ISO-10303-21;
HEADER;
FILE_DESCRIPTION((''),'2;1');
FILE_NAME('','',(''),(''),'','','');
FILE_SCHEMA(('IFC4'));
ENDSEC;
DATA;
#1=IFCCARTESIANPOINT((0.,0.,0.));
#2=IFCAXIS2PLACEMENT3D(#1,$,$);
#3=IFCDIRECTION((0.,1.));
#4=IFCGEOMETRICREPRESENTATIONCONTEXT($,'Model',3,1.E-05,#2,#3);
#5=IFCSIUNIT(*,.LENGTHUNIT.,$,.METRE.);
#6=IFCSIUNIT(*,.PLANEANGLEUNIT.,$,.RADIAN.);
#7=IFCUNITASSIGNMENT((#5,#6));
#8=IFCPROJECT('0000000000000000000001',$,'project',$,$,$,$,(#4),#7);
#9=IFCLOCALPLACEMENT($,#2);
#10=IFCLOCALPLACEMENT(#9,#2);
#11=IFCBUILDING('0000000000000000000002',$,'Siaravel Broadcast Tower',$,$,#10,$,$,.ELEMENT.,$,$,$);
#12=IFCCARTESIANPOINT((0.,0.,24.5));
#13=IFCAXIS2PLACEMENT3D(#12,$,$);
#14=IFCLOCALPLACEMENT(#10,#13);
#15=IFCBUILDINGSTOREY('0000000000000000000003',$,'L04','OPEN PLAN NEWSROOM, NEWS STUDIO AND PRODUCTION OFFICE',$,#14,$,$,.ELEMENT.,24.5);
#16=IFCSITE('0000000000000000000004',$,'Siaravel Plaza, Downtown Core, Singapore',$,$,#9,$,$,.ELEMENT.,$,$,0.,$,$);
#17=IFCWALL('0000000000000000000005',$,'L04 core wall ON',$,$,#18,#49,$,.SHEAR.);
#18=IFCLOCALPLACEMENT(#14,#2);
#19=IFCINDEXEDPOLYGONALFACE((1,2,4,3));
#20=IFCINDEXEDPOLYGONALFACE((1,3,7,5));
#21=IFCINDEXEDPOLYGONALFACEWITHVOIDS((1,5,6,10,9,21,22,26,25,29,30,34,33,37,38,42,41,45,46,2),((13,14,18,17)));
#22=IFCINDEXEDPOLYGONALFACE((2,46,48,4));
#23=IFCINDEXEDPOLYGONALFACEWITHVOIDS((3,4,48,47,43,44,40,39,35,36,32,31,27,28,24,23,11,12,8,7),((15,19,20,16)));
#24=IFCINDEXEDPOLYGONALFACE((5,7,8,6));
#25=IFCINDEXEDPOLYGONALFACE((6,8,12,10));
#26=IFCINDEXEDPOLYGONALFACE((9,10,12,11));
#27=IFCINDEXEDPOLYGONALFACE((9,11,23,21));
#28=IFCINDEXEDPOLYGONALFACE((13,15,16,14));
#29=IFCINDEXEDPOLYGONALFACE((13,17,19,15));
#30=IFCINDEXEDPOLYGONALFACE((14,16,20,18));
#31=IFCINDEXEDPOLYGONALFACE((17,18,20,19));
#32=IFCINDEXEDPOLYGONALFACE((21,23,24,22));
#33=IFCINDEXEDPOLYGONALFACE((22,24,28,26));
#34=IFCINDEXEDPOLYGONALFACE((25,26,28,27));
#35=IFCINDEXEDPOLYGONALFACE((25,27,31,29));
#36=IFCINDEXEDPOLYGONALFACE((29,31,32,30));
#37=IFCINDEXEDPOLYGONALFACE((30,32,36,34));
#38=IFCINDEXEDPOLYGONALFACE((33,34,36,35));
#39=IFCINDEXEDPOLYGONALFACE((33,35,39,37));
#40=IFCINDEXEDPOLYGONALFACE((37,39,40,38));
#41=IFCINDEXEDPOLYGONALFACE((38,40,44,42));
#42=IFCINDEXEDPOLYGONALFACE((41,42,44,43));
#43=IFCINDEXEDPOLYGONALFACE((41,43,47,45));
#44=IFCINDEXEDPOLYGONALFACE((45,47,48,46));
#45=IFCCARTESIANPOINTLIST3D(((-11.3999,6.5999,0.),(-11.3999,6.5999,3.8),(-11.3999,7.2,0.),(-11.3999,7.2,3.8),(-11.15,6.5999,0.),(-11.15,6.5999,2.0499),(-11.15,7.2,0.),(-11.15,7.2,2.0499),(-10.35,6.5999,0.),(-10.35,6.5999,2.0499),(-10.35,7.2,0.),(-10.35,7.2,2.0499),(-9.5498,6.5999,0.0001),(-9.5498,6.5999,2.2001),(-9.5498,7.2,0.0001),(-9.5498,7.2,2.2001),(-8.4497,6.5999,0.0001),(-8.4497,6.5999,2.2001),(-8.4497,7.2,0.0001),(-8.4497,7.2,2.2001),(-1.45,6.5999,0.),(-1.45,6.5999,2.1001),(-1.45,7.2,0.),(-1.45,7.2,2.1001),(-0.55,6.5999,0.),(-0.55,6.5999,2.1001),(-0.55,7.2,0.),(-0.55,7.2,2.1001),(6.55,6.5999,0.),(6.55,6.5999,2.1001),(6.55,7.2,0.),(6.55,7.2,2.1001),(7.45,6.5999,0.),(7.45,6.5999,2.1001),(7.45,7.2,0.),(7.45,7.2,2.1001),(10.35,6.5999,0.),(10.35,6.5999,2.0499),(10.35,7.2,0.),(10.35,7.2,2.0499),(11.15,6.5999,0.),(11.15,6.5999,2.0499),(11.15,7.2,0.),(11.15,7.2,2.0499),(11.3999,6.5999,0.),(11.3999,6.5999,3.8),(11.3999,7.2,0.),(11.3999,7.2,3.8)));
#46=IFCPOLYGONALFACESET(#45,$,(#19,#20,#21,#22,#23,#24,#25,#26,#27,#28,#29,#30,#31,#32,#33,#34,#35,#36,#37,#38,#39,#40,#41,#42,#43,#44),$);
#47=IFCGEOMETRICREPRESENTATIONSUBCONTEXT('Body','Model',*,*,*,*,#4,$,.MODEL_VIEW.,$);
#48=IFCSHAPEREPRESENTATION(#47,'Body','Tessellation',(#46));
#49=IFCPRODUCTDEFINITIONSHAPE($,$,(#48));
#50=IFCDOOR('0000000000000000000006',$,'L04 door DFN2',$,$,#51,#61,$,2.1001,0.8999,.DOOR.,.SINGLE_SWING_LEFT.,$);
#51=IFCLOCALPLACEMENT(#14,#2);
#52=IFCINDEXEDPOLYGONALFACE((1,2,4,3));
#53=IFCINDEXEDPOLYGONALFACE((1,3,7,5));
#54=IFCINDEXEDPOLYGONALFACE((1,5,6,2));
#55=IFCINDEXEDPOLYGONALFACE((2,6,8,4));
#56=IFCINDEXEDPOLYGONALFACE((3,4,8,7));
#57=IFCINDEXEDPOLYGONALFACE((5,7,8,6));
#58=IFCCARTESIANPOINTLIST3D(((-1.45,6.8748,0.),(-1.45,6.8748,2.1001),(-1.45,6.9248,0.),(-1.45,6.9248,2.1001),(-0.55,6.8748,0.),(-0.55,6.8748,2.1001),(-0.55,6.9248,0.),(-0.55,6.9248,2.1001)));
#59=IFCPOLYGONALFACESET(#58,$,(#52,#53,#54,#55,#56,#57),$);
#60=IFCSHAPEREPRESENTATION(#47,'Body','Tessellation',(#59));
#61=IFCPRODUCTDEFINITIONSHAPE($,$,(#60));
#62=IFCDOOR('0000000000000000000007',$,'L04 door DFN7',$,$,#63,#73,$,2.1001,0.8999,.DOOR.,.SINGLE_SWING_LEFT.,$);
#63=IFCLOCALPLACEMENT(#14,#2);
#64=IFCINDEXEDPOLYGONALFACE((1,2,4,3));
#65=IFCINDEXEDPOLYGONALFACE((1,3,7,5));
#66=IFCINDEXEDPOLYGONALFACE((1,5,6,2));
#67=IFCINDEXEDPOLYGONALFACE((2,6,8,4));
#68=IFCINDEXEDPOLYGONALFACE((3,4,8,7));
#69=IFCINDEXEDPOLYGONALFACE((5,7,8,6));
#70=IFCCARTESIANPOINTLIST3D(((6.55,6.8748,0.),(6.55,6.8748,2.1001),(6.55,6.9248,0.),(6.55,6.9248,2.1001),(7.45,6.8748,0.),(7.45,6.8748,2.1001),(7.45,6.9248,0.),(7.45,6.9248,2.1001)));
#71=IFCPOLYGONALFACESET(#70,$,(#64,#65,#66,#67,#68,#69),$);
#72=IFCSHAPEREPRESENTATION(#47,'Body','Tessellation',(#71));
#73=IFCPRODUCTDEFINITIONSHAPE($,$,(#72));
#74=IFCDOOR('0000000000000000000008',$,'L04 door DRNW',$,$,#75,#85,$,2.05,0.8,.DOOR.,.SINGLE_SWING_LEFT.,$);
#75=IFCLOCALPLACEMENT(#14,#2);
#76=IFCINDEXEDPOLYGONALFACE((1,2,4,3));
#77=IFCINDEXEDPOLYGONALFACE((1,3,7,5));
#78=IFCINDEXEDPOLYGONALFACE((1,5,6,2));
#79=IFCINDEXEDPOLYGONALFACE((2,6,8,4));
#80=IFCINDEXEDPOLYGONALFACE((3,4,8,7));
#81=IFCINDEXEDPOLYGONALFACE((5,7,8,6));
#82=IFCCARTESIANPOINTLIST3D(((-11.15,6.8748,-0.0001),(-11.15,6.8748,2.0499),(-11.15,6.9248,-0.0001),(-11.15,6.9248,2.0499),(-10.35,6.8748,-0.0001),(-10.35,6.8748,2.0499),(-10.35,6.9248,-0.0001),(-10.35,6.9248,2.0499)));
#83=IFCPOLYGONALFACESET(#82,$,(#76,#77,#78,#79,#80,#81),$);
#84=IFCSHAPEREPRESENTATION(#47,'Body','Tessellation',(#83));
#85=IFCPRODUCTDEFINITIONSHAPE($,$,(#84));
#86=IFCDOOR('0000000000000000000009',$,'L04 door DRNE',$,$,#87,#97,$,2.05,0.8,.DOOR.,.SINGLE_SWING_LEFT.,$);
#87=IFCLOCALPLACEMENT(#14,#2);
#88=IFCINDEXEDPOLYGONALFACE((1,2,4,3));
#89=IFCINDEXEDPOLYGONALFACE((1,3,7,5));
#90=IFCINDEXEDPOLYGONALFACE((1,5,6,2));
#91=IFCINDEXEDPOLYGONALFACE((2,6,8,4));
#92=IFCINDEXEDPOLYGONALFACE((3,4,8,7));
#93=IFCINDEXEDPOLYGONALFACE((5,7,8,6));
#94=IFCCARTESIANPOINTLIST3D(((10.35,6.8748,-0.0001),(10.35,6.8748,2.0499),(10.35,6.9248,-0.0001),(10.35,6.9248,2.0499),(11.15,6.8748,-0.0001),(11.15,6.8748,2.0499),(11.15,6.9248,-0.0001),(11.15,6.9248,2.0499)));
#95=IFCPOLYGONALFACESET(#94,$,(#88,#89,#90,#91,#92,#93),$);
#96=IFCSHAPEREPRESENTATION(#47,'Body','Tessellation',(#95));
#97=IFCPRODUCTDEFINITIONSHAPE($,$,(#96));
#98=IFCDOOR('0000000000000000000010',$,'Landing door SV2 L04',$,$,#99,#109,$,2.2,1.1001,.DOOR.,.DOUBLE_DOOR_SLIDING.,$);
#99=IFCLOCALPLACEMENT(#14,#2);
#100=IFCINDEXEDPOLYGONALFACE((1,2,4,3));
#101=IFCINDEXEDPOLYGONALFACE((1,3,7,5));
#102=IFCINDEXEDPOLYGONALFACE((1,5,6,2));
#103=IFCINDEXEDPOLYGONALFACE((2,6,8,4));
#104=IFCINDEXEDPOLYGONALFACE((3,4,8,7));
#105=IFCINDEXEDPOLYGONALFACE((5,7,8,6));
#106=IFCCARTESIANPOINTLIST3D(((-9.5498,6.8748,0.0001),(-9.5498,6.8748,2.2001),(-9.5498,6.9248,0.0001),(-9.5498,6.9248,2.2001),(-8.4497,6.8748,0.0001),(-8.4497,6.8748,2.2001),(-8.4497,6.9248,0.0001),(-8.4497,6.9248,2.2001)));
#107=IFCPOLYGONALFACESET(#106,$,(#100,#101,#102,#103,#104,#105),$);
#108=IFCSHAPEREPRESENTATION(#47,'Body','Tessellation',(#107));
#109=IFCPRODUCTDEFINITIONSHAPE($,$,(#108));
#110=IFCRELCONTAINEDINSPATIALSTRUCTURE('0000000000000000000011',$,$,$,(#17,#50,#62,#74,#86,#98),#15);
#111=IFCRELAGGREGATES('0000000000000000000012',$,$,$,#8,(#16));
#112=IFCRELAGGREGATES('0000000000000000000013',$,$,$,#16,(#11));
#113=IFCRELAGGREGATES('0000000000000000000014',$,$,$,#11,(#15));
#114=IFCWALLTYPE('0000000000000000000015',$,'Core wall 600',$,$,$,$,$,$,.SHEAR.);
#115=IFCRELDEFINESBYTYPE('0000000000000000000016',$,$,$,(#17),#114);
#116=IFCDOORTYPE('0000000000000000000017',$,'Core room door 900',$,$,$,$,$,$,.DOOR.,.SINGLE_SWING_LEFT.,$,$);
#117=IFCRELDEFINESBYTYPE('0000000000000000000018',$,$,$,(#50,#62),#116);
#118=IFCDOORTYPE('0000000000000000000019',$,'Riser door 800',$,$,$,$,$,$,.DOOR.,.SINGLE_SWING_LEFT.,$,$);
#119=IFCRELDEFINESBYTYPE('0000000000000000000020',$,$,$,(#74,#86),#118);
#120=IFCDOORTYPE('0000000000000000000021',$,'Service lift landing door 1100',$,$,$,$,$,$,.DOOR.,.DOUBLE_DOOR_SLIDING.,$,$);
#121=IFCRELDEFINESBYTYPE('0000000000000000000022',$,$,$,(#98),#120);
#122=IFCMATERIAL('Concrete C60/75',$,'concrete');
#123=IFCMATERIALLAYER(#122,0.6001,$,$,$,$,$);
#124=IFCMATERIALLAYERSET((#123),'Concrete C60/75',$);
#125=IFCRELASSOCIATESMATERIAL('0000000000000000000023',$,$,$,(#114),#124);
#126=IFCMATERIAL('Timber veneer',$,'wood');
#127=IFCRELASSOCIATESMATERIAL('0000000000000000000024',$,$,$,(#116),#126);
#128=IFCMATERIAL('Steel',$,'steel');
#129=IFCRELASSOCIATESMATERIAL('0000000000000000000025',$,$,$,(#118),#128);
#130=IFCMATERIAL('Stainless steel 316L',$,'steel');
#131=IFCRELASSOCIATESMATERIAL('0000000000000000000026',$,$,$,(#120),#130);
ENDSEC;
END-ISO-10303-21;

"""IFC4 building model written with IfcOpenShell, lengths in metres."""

from ifc_helpers import new_model, si_unit, direction, frame, frame_2d, origin, place, context, subcontext, project, spatial, rectangle, extrude, material, layer, layer_set, type_object, element, fill, save


model = new_model("IFC4")

# Units and contexts
model_context = context("Model", 3, precision=1e-05, world=origin(), true_north=direction((0.0, 1.0)))
body_context = subcontext(model_context, "Body", "Model", "MODEL_VIEW")
ifc_project = project(units=[si_unit("LENGTHUNIT", "METRE"), si_unit("PLANEANGLEUNIT", "RADIAN")], contexts=[model_context])

# Site, building, storey
site_placement = place(None, origin())
site = spatial("IfcSite", under=ifc_project, at=site_placement, Name="Siaravel Plaza, Downtown Core, Singapore", CompositionType="ELEMENT", RefElevation=0.0)
building_placement = place(site_placement, origin())
building = spatial("IfcBuilding", under=site, at=building_placement, Name="Siaravel Broadcast Tower", CompositionType="ELEMENT")
storey_placement = place(building_placement, frame((0.0, 0.0, 24.5)))
storey = spatial("IfcBuildingStorey", under=building, at=storey_placement, Name="L04", Description="OPEN PLAN NEWSROOM, NEWS STUDIO AND PRODUCTION OFFICE", CompositionType="ELEMENT", Elevation=24.5)

# Wall, openings, doors
ifc_material_1 = material(Name="Concrete C60/75", Category="concrete")
ifc_layer_1 = layer(ifc_material_1, 0.6001)
ifc_layer_set_1 = layer_set([ifc_layer_1], Name="Concrete C60/75")
wall_type_1 = type_object("IfcWallType", Name="Core wall 600", PredefinedType="SHEAR", material=ifc_layer_set_1)
wall_1_placement = place(storey_placement, frame((-11.3999, 6.8999, 0.0), z_axis=(0.0, 0.0, 1.0), x_axis=(1.0, 0.0, 0.0)))
wall_1 = element("IfcWall", 1, at=wall_1_placement, inside=storey, type_object=wall_type_1, Name="L04 core wall ON", PredefinedType="SHEAR", context=body_context, shape_type="SweptSolid", body=[
    extrude(rectangle(XDim=22.7998, YDim=0.6001, at=frame_2d((11.3999, 0.0))), origin(), (0.0, 0.0, 1.0), 3.8),
])
opening_1_placement = place(wall_1_placement, frame((1.8501, 0.0, 0.0)))
opening_1 = element("IfcOpeningElement", 2, at=opening_1_placement, cuts=wall_1, PredefinedType="OPENING", context=body_context, shape_type="SweptSolid", body=[
    extrude(rectangle(XDim=1.1001, YDim=2.2, at=frame_2d((0.55, 1.1001))), frame((0.0, 0.3101, 0.0), z_axis=(0.0, -1.0, 0.0), x_axis=(1.0, 0.0, 0.0)), (0.0, 0.0, 1.0), 0.6201),
])
opening_2_placement = place(wall_1_placement, frame((9.95, 0.0, 0.0)))
opening_2 = element("IfcOpeningElement", 3, at=opening_2_placement, cuts=wall_1, PredefinedType="OPENING", context=body_context, shape_type="SweptSolid", body=[
    extrude(rectangle(XDim=0.8999, YDim=2.1001, at=frame_2d((0.45, 1.05))), frame((0.0, 0.3101, 0.0), z_axis=(0.0, -1.0, 0.0), x_axis=(1.0, 0.0, 0.0)), (0.0, 0.0, 1.0), 0.6201),
])
opening_3_placement = place(wall_1_placement, frame((17.95, 0.0, 0.0)))
opening_3 = element("IfcOpeningElement", 4, at=opening_3_placement, cuts=wall_1, PredefinedType="OPENING", context=body_context, shape_type="SweptSolid", body=[
    extrude(rectangle(XDim=0.8999, YDim=2.1001, at=frame_2d((0.45, 1.05))), frame((0.0, 0.3101, 0.0), z_axis=(0.0, -1.0, 0.0), x_axis=(1.0, 0.0, 0.0)), (0.0, 0.0, 1.0), 0.6201),
])
opening_4_placement = place(wall_1_placement, frame((0.25, 0.0, 0.0)))
opening_4 = element("IfcOpeningElement", 5, at=opening_4_placement, cuts=wall_1, PredefinedType="OPENING", context=body_context, shape_type="SweptSolid", body=[
    extrude(rectangle(XDim=0.8, YDim=2.05, at=frame_2d((0.3999, 1.0249))), frame((0.0, 0.3101, 0.0), z_axis=(0.0, -1.0, 0.0), x_axis=(1.0, 0.0, 0.0)), (0.0, 0.0, 1.0), 0.6201),
])
opening_5_placement = place(wall_1_placement, frame((21.75, 0.0, 0.0)))
opening_5 = element("IfcOpeningElement", 6, at=opening_5_placement, cuts=wall_1, PredefinedType="OPENING", context=body_context, shape_type="SweptSolid", body=[
    extrude(rectangle(XDim=0.8, YDim=2.05, at=frame_2d((0.3999, 1.0249))), frame((0.0, 0.3101, 0.0), z_axis=(0.0, -1.0, 0.0), x_axis=(1.0, 0.0, 0.0)), (0.0, 0.0, 1.0), 0.6201),
])
ifc_material_2 = material(Name="Timber veneer", Category="wood")
door_type_1 = type_object("IfcDoorType", Name="Core room door 900", OperationType="SINGLE_SWING_LEFT", PredefinedType="DOOR", material=ifc_material_2)
door_1_placement = place(opening_2_placement, origin())
door_1 = element("IfcDoor", 7, at=door_1_placement, inside=storey, type_object=door_type_1, Name="L04 door DFN2", OperationType="SINGLE_SWING_LEFT", OverallHeight=2.1001, OverallWidth=0.8999, PredefinedType="DOOR", context=body_context, shape_type="SweptSolid", body=[
    extrude(rectangle(XDim=0.8999, YDim=2.1001, at=frame_2d((0.45, 1.05))), frame((0.0, 0.0249, 0.0), z_axis=(0.0, -1.0, 0.0), x_axis=(1.0, 0.0, 0.0)), (0.0, 0.0, 1.0), 0.05),
])
fill(opening_2, door_1)
door_2_placement = place(opening_3_placement, origin())
door_2 = element("IfcDoor", 8, at=door_2_placement, inside=storey, type_object=door_type_1, Name="L04 door DFN7", OperationType="SINGLE_SWING_LEFT", OverallHeight=2.1001, OverallWidth=0.8999, PredefinedType="DOOR", context=body_context, shape_type="SweptSolid", body=[
    extrude(rectangle(XDim=0.8999, YDim=2.1001, at=frame_2d((0.45, 1.05))), frame((0.0, 0.0249, 0.0), z_axis=(0.0, -1.0, 0.0), x_axis=(1.0, 0.0, 0.0)), (0.0, 0.0, 1.0), 0.05),
])
fill(opening_3, door_2)
ifc_material_3 = material(Name="Steel", Category="steel")
door_type_2 = type_object("IfcDoorType", Name="Riser door 800", OperationType="SINGLE_SWING_LEFT", PredefinedType="DOOR", material=ifc_material_3)
door_3_placement = place(opening_4_placement, origin())
door_3 = element("IfcDoor", 9, at=door_3_placement, inside=storey, type_object=door_type_2, Name="L04 door DRNW", OperationType="SINGLE_SWING_LEFT", OverallHeight=2.05, OverallWidth=0.8, PredefinedType="DOOR", context=body_context, shape_type="SweptSolid", body=[
    extrude(rectangle(XDim=0.8, YDim=2.05, at=frame_2d((0.3999, 1.0249))), frame((0.0, 0.0249, 0.0), z_axis=(0.0, -1.0, 0.0), x_axis=(1.0, 0.0, 0.0)), (0.0, 0.0, 1.0), 0.05),
])
fill(opening_4, door_3)
door_4_placement = place(opening_5_placement, origin())
door_4 = element("IfcDoor", 10, at=door_4_placement, inside=storey, type_object=door_type_2, Name="L04 door DRNE", OperationType="SINGLE_SWING_LEFT", OverallHeight=2.05, OverallWidth=0.8, PredefinedType="DOOR", context=body_context, shape_type="SweptSolid", body=[
    extrude(rectangle(XDim=0.8, YDim=2.05, at=frame_2d((0.3999, 1.0249))), frame((0.0, 0.0249, 0.0), z_axis=(0.0, -1.0, 0.0), x_axis=(1.0, 0.0, 0.0)), (0.0, 0.0, 1.0), 0.05),
])
fill(opening_5, door_4)
ifc_material_4 = material(Name="Stainless steel 316L", Category="steel")
door_type_3 = type_object("IfcDoorType", Name="Service lift landing door 1100", OperationType="DOUBLE_DOOR_SLIDING", PredefinedType="DOOR", material=ifc_material_4)
door_5_placement = place(opening_1_placement, origin())
door_5 = element("IfcDoor", 11, at=door_5_placement, inside=storey, type_object=door_type_3, Name="Landing door SV2 L04", OperationType="DOUBLE_DOOR_SLIDING", OverallHeight=2.2, OverallWidth=1.1001, PredefinedType="DOOR", context=body_context, shape_type="SweptSolid", body=[
    extrude(rectangle(XDim=1.1001, YDim=2.2, at=frame_2d((0.55, 1.1001))), frame((0.0, 0.0249, 0.0), z_axis=(0.0, -1.0, 0.0), x_axis=(1.0, 0.0, 0.0)), (0.0, 0.0, 1.0), 0.05),
])
fill(opening_1, door_5)

save(model, "model.ifc")
